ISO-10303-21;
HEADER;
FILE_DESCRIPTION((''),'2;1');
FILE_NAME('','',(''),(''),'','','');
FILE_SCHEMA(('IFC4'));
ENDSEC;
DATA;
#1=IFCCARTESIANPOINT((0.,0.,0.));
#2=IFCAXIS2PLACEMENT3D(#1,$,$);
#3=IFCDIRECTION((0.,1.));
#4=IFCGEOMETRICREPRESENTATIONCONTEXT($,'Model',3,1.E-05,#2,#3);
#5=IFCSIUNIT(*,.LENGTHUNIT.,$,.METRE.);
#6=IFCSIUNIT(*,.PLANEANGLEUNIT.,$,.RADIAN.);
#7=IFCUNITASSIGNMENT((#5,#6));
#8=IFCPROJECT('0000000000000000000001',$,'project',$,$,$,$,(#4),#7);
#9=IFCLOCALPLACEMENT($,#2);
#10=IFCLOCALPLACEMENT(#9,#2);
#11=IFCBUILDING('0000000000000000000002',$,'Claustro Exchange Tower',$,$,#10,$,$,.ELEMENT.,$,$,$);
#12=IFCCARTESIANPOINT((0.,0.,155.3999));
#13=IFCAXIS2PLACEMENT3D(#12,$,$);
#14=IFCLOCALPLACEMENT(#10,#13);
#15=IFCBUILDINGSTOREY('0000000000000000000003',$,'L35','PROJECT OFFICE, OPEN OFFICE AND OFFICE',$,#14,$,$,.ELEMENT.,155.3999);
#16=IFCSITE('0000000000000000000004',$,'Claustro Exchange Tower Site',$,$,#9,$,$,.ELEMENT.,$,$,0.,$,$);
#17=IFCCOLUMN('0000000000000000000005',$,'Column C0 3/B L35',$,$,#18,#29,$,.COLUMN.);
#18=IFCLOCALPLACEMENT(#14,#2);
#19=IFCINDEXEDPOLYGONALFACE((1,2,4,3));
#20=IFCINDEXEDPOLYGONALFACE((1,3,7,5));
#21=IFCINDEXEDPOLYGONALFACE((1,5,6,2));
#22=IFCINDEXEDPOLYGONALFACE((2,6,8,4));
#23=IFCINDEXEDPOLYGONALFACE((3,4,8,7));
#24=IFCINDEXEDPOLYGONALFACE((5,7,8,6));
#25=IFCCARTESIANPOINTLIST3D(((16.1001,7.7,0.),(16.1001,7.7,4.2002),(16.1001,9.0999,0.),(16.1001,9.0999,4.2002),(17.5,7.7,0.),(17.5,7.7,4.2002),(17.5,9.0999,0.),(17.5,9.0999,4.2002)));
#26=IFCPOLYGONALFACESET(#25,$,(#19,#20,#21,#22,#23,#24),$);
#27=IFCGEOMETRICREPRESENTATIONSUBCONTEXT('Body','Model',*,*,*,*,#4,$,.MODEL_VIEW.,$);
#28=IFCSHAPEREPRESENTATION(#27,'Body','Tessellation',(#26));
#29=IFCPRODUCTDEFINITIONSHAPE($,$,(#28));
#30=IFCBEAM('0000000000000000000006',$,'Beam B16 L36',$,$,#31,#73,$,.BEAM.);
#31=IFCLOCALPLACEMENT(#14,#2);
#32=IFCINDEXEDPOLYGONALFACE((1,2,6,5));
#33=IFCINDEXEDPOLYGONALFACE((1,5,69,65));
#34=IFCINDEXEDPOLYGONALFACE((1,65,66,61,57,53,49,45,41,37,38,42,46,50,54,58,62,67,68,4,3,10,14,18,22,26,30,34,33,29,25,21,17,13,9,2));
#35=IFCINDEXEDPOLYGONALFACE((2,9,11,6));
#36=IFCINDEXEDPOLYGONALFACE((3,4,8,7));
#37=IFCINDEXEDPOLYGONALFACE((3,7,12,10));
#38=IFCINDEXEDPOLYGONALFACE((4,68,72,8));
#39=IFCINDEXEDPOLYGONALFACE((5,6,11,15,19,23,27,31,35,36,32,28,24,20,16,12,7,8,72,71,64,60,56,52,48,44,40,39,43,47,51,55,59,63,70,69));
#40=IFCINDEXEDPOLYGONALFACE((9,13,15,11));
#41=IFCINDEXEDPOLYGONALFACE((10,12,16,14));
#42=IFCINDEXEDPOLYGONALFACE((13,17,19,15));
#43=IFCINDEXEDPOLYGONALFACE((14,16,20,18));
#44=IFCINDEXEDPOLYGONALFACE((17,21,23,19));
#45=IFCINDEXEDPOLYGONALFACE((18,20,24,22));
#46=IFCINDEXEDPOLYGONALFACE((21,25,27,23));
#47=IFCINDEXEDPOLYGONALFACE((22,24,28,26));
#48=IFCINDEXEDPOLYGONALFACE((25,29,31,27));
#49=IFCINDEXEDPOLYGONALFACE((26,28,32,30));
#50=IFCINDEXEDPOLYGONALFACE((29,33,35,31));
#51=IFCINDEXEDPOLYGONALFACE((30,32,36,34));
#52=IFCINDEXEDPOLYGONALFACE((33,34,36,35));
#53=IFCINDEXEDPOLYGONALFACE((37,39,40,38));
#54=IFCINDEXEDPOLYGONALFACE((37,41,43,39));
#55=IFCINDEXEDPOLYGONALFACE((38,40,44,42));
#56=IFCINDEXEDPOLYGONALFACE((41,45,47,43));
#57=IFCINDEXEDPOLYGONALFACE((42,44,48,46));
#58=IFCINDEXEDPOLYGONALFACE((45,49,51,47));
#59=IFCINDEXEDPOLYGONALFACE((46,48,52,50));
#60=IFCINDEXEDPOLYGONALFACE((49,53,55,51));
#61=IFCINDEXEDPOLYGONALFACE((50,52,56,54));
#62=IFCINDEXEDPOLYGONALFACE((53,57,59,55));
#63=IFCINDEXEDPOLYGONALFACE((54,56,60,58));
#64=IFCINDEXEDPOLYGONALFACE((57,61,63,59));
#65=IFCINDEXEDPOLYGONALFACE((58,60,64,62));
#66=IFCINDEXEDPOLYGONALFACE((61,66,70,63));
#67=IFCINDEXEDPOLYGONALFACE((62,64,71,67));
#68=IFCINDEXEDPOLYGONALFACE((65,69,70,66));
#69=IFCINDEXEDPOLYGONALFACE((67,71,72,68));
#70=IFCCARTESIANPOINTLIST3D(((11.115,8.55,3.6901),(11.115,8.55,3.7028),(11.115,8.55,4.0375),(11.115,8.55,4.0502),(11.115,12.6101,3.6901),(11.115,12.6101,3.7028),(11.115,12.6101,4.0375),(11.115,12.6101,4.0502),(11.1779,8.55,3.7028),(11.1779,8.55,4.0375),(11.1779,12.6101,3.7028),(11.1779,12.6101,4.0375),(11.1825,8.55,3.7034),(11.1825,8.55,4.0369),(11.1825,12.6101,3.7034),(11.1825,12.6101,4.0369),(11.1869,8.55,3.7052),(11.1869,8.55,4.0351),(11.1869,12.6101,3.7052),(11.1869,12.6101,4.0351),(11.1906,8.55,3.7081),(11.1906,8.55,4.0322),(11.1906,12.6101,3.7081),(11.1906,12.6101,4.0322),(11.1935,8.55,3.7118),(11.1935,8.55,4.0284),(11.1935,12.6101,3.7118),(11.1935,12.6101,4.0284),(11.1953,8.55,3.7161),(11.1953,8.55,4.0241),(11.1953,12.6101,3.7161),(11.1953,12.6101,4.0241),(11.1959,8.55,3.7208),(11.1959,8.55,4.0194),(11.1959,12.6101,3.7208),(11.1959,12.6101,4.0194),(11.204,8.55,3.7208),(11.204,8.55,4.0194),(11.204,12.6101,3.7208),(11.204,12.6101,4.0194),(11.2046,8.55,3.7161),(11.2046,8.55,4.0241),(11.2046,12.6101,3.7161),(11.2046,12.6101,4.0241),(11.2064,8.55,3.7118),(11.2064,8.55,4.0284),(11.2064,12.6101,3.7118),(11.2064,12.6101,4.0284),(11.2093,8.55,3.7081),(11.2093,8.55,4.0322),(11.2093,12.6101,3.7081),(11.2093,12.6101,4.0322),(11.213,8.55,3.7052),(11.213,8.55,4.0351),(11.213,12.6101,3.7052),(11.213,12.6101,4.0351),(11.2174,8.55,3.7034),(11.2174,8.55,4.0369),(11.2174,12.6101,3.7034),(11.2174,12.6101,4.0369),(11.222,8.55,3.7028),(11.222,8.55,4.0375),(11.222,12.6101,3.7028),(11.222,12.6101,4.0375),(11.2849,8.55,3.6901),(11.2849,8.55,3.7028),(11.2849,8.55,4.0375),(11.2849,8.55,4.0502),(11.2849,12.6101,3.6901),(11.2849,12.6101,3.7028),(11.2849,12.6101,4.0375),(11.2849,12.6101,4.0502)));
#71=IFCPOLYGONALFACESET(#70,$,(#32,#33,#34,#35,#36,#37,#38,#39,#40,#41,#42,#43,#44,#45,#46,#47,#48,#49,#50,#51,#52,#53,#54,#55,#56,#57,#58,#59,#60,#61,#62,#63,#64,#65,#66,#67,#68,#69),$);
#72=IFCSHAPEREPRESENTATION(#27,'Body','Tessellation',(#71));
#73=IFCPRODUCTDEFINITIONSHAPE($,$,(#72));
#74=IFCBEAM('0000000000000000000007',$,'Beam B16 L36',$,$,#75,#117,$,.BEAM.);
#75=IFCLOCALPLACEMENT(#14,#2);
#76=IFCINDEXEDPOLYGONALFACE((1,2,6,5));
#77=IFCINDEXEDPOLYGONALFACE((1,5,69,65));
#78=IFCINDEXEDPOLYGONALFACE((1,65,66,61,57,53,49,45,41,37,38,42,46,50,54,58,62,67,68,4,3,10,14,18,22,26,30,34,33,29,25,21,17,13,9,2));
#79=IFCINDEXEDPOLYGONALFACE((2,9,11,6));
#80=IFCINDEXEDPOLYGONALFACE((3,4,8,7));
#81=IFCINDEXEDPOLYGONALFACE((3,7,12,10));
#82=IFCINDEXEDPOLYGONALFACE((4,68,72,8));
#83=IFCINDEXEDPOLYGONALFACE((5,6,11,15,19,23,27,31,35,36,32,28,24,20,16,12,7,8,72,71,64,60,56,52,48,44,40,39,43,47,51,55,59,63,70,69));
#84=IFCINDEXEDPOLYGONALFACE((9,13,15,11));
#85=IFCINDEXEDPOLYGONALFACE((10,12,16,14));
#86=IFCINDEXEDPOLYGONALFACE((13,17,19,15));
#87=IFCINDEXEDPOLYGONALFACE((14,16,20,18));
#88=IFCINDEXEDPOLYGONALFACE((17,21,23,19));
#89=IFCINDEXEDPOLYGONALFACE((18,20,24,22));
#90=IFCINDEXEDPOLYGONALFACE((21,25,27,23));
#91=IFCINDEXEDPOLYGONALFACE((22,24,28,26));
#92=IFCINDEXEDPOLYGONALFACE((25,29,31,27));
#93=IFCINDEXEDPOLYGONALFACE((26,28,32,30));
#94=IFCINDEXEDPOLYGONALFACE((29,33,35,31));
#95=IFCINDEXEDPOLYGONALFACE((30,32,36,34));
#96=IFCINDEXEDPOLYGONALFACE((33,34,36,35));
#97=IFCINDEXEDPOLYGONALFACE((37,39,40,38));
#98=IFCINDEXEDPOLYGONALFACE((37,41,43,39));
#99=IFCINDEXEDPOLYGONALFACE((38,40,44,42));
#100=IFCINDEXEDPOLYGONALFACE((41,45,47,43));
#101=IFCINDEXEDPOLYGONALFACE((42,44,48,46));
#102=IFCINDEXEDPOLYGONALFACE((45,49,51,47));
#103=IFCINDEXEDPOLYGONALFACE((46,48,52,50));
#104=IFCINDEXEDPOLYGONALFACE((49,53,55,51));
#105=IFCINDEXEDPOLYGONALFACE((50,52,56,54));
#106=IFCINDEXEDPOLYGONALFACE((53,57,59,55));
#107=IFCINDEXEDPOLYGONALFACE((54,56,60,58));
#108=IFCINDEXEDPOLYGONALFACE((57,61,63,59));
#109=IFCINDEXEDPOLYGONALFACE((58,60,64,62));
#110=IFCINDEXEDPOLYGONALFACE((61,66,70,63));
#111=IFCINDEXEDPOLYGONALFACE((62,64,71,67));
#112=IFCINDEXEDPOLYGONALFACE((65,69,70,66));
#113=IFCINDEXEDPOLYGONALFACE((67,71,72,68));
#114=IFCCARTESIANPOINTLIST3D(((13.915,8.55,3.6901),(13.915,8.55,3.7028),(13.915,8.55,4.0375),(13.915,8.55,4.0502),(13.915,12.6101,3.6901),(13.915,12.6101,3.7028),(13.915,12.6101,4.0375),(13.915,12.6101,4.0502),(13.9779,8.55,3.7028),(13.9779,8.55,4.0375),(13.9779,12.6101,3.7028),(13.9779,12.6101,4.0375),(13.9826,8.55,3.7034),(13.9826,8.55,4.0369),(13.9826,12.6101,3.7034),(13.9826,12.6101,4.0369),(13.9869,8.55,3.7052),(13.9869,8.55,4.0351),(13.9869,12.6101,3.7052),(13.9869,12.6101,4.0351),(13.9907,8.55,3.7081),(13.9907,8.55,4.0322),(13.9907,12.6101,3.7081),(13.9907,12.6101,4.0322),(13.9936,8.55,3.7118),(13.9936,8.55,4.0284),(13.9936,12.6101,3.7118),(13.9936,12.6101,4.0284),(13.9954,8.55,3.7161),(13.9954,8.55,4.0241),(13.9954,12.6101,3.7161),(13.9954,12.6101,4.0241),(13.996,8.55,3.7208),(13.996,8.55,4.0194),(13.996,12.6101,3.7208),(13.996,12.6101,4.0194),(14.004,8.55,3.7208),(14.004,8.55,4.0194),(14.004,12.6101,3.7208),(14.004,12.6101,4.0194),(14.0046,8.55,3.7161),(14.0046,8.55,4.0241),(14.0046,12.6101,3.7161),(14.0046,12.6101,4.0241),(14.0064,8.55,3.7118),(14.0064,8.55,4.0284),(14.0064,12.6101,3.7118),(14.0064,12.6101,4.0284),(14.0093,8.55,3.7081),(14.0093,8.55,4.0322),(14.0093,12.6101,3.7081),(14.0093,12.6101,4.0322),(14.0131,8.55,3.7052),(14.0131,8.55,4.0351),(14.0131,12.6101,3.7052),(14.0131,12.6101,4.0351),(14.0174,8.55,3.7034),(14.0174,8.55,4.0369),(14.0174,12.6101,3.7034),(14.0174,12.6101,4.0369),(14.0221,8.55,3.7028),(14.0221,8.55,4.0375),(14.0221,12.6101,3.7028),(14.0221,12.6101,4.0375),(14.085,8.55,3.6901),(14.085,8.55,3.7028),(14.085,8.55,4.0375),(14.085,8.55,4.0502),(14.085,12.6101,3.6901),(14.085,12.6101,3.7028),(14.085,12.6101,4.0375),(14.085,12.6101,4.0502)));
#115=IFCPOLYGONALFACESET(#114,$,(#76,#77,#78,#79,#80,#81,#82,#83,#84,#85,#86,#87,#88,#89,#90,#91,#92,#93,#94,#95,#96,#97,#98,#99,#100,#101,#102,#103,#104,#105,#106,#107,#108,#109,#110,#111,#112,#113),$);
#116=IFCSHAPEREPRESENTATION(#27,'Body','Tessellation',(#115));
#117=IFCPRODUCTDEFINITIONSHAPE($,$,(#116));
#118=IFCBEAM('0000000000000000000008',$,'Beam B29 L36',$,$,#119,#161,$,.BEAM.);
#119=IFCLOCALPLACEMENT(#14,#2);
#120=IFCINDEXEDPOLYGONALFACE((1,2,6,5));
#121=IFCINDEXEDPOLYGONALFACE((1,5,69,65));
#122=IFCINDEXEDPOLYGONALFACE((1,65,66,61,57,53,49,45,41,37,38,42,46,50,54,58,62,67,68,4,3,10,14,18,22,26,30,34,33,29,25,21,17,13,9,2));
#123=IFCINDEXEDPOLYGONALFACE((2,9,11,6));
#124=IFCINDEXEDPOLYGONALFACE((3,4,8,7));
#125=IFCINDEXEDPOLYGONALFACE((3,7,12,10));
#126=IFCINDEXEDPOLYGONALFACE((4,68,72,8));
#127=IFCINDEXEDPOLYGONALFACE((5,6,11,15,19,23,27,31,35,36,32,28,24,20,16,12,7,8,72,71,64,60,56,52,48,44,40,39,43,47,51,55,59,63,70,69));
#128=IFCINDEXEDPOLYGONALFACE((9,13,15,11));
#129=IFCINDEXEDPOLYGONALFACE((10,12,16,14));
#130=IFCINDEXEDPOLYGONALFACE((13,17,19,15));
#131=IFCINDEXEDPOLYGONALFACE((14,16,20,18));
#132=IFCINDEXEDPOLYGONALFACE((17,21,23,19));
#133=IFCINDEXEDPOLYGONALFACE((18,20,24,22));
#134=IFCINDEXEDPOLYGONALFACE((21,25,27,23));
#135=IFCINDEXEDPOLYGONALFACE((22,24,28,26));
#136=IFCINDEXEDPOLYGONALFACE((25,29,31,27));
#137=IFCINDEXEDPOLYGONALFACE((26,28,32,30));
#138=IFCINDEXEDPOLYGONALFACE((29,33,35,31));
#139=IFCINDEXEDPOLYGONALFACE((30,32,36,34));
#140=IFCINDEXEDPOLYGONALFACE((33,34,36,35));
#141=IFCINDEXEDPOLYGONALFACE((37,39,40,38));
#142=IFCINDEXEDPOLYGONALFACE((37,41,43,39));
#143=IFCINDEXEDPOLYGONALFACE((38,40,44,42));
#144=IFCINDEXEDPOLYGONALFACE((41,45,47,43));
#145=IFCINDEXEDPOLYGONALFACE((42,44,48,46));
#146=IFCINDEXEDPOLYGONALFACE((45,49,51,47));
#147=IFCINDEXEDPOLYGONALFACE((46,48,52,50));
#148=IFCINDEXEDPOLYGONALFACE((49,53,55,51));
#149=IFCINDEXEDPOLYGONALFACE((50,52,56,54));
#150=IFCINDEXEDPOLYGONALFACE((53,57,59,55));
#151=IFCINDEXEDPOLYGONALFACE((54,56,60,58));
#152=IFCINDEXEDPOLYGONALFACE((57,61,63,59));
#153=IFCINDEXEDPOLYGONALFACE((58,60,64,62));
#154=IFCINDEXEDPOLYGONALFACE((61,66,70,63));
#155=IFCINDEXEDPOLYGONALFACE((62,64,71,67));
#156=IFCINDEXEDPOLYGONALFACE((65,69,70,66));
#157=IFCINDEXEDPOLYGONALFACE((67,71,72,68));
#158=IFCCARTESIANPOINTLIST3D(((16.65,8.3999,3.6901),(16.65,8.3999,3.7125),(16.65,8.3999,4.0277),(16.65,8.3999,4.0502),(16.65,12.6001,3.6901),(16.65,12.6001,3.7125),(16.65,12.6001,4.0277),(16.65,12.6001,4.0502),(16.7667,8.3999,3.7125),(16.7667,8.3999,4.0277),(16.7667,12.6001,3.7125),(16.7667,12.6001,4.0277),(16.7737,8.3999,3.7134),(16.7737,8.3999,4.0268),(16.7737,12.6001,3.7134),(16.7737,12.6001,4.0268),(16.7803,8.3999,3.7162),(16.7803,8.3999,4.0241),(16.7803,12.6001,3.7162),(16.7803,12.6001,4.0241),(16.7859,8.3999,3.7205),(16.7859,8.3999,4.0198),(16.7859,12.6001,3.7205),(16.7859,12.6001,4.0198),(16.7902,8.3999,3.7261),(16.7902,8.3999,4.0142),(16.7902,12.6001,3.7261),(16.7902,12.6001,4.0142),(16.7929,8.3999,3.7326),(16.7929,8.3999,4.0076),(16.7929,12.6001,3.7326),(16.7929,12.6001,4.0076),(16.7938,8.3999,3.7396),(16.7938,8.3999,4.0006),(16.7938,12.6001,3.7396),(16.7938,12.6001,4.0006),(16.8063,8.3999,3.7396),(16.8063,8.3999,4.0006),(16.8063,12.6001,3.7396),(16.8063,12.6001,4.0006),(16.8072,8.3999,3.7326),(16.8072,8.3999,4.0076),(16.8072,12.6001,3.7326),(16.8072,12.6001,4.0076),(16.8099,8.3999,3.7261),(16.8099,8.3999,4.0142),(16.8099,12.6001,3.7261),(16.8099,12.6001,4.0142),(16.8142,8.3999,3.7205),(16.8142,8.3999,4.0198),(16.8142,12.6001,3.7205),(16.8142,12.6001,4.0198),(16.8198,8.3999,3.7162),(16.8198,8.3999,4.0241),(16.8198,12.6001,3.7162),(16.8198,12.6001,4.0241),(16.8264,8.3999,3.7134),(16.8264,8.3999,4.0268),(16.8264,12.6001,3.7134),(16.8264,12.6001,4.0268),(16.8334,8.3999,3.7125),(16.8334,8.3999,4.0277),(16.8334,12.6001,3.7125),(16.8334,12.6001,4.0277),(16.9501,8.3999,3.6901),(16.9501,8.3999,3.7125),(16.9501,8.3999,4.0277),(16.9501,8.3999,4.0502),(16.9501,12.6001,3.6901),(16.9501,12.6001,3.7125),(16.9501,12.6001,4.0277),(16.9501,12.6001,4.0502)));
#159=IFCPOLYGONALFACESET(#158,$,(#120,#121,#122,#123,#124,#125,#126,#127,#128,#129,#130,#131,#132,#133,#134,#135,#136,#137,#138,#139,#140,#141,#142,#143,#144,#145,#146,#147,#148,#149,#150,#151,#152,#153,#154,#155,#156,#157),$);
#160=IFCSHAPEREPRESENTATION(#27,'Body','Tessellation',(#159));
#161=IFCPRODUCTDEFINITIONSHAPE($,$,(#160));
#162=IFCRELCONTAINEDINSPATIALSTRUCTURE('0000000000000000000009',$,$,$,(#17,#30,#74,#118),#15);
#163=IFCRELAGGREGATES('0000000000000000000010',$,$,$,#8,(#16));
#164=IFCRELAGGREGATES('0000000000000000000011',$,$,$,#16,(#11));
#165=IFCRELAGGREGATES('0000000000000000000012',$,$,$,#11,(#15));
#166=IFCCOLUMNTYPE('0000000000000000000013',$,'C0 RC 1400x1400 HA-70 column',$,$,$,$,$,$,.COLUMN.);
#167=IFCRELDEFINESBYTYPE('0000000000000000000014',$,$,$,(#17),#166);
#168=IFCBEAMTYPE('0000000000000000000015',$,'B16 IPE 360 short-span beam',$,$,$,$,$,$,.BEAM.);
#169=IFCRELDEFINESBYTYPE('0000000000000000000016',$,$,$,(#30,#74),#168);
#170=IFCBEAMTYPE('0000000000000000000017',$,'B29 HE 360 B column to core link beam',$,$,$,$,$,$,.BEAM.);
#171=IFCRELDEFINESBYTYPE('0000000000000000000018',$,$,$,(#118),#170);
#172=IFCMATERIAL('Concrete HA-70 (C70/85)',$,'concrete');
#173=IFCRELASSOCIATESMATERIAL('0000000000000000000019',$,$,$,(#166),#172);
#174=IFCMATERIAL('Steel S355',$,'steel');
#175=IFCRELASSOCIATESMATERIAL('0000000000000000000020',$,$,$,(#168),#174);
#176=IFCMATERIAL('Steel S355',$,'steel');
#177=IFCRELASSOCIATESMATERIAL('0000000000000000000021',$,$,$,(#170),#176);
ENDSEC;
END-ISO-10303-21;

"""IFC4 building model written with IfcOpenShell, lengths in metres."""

from ifc_helpers import new_model, si_unit, direction, frame, origin, origin_2d, place, context, subcontext, project, spatial, rectangle, i_section, extrude, material, material_profile, profile_set, type_object, element, save


model = new_model("IFC4")

# Units and contexts
model_context = context("Model", 3, precision=1e-05, world=origin(), true_north=direction((0.0, 1.0)))
body_context = subcontext(model_context, "Body", "Model", "MODEL_VIEW")
ifc_project = project(units=[si_unit("LENGTHUNIT", "METRE"), si_unit("PLANEANGLEUNIT", "RADIAN")], contexts=[model_context])

# Site, building, storey
site_placement = place(None, origin())
site = spatial("IfcSite", under=ifc_project, at=site_placement, Name="Claustro Exchange Tower Site", CompositionType="ELEMENT", RefElevation=0.0)
building_placement = place(site_placement, origin())
building = spatial("IfcBuilding", under=site, at=building_placement, Name="Claustro Exchange Tower", CompositionType="ELEMENT")
storey_placement = place(building_placement, frame((0.0, 0.0, 155.3999)))
storey = spatial("IfcBuildingStorey", under=building, at=storey_placement, Name="L35", Description="PROJECT OFFICE, OPEN OFFICE AND OFFICE", CompositionType="ELEMENT", Elevation=155.3999)

# Column
ifc_material_1 = material(Name="Concrete HA-70 (C70/85)", Category="concrete")
ifc_material_profile_1 = material_profile(ifc_material_1, rectangle(XDim=1.3999, YDim=1.3999, at=origin_2d()), Name="RC 1400x1400")
ifc_profile_set_1 = profile_set([ifc_material_profile_1], Name="Concrete HA-70 (C70/85)")
column_type = type_object("IfcColumnType", Name="C0 RC 1400x1400 HA-70 column", PredefinedType="COLUMN", material=ifc_profile_set_1)
column_placement = place(storey_placement, frame((16.8, 8.3999, 0.0), z_axis=(0.0, 0.0, 1.0), x_axis=(1.0, 0.0, 0.0)))
element("IfcColumn", 1, at=column_placement, inside=storey, type_object=column_type, Name="Column C0 3/B L35", PredefinedType="COLUMN", context=body_context, shape_type="SweptSolid", body=[
    extrude(rectangle(XDim=1.3999, YDim=1.3999, at=origin_2d()), origin(), (0.0, 0.0, 1.0), 4.2002),
])

# Beams
ifc_material_2 = material(Name="Steel S355", Category="steel")
ifc_material_profile_2 = material_profile(ifc_material_2, i_section(OverallWidth=0.1699, OverallDepth=0.3601, WebThickness=0.0081, FlangeThickness=0.0127, FilletRadius=0.0181, at=origin_2d()), Name="IPE 360")
ifc_profile_set_2 = profile_set([ifc_material_profile_2], Name="Steel S355")
beam_type_1 = type_object("IfcBeamType", Name="B16 IPE 360 short-span beam", PredefinedType="BEAM", material=ifc_profile_set_2)
for number, where, z_axis, x_axis, name in (
    (2, (11.2, 8.55, 3.8701), (0.0, 1.0, 0.0), (-1.0, 0.0, 0.0), "Beam B16 L36"),
    (3, (14.0, 8.55, 3.8701), (0.0, 1.0, 0.0), (-1.0, 0.0, 0.0), "Beam B16 L36"),
):
    element("IfcBeam", number, at=place(storey_placement, frame(where, z_axis=z_axis, x_axis=x_axis)), inside=storey, type_object=beam_type_1, Name=name, PredefinedType="BEAM", context=body_context, shape_type="SweptSolid", body=[
        extrude(i_section(OverallWidth=0.1699, OverallDepth=0.3601, WebThickness=0.0081, FlangeThickness=0.0127, FilletRadius=0.0181, at=origin_2d()), origin(), (0.0, 0.0, 1.0), 4.0601),
    ])
ifc_material_3 = material(Name="Steel S355", Category="steel")
ifc_material_profile_3 = material_profile(ifc_material_3, i_section(OverallWidth=0.3, OverallDepth=0.3601, WebThickness=0.0125, FlangeThickness=0.0225, FilletRadius=0.0271, at=origin_2d()), Name="HE 360 B")
ifc_profile_set_3 = profile_set([ifc_material_profile_3], Name="Steel S355")
beam_type_2 = type_object("IfcBeamType", Name="B29 HE 360 B column to core link beam", PredefinedType="BEAM", material=ifc_profile_set_3)
beam_1_placement = place(storey_placement, frame((16.8, 8.3999, 3.8701), z_axis=(0.0, 1.0, 0.0), x_axis=(-1.0, 0.0, 0.0)))
element("IfcBeam", 4, at=beam_1_placement, inside=storey, type_object=beam_type_2, Name="Beam B29 L36", PredefinedType="BEAM", context=body_context, shape_type="SweptSolid", body=[
    extrude(i_section(OverallWidth=0.3, OverallDepth=0.3601, WebThickness=0.0125, FlangeThickness=0.0225, FilletRadius=0.0271, at=origin_2d()), origin(), (0.0, 0.0, 1.0), 4.2002),
])

save(model, "model.ifc")
